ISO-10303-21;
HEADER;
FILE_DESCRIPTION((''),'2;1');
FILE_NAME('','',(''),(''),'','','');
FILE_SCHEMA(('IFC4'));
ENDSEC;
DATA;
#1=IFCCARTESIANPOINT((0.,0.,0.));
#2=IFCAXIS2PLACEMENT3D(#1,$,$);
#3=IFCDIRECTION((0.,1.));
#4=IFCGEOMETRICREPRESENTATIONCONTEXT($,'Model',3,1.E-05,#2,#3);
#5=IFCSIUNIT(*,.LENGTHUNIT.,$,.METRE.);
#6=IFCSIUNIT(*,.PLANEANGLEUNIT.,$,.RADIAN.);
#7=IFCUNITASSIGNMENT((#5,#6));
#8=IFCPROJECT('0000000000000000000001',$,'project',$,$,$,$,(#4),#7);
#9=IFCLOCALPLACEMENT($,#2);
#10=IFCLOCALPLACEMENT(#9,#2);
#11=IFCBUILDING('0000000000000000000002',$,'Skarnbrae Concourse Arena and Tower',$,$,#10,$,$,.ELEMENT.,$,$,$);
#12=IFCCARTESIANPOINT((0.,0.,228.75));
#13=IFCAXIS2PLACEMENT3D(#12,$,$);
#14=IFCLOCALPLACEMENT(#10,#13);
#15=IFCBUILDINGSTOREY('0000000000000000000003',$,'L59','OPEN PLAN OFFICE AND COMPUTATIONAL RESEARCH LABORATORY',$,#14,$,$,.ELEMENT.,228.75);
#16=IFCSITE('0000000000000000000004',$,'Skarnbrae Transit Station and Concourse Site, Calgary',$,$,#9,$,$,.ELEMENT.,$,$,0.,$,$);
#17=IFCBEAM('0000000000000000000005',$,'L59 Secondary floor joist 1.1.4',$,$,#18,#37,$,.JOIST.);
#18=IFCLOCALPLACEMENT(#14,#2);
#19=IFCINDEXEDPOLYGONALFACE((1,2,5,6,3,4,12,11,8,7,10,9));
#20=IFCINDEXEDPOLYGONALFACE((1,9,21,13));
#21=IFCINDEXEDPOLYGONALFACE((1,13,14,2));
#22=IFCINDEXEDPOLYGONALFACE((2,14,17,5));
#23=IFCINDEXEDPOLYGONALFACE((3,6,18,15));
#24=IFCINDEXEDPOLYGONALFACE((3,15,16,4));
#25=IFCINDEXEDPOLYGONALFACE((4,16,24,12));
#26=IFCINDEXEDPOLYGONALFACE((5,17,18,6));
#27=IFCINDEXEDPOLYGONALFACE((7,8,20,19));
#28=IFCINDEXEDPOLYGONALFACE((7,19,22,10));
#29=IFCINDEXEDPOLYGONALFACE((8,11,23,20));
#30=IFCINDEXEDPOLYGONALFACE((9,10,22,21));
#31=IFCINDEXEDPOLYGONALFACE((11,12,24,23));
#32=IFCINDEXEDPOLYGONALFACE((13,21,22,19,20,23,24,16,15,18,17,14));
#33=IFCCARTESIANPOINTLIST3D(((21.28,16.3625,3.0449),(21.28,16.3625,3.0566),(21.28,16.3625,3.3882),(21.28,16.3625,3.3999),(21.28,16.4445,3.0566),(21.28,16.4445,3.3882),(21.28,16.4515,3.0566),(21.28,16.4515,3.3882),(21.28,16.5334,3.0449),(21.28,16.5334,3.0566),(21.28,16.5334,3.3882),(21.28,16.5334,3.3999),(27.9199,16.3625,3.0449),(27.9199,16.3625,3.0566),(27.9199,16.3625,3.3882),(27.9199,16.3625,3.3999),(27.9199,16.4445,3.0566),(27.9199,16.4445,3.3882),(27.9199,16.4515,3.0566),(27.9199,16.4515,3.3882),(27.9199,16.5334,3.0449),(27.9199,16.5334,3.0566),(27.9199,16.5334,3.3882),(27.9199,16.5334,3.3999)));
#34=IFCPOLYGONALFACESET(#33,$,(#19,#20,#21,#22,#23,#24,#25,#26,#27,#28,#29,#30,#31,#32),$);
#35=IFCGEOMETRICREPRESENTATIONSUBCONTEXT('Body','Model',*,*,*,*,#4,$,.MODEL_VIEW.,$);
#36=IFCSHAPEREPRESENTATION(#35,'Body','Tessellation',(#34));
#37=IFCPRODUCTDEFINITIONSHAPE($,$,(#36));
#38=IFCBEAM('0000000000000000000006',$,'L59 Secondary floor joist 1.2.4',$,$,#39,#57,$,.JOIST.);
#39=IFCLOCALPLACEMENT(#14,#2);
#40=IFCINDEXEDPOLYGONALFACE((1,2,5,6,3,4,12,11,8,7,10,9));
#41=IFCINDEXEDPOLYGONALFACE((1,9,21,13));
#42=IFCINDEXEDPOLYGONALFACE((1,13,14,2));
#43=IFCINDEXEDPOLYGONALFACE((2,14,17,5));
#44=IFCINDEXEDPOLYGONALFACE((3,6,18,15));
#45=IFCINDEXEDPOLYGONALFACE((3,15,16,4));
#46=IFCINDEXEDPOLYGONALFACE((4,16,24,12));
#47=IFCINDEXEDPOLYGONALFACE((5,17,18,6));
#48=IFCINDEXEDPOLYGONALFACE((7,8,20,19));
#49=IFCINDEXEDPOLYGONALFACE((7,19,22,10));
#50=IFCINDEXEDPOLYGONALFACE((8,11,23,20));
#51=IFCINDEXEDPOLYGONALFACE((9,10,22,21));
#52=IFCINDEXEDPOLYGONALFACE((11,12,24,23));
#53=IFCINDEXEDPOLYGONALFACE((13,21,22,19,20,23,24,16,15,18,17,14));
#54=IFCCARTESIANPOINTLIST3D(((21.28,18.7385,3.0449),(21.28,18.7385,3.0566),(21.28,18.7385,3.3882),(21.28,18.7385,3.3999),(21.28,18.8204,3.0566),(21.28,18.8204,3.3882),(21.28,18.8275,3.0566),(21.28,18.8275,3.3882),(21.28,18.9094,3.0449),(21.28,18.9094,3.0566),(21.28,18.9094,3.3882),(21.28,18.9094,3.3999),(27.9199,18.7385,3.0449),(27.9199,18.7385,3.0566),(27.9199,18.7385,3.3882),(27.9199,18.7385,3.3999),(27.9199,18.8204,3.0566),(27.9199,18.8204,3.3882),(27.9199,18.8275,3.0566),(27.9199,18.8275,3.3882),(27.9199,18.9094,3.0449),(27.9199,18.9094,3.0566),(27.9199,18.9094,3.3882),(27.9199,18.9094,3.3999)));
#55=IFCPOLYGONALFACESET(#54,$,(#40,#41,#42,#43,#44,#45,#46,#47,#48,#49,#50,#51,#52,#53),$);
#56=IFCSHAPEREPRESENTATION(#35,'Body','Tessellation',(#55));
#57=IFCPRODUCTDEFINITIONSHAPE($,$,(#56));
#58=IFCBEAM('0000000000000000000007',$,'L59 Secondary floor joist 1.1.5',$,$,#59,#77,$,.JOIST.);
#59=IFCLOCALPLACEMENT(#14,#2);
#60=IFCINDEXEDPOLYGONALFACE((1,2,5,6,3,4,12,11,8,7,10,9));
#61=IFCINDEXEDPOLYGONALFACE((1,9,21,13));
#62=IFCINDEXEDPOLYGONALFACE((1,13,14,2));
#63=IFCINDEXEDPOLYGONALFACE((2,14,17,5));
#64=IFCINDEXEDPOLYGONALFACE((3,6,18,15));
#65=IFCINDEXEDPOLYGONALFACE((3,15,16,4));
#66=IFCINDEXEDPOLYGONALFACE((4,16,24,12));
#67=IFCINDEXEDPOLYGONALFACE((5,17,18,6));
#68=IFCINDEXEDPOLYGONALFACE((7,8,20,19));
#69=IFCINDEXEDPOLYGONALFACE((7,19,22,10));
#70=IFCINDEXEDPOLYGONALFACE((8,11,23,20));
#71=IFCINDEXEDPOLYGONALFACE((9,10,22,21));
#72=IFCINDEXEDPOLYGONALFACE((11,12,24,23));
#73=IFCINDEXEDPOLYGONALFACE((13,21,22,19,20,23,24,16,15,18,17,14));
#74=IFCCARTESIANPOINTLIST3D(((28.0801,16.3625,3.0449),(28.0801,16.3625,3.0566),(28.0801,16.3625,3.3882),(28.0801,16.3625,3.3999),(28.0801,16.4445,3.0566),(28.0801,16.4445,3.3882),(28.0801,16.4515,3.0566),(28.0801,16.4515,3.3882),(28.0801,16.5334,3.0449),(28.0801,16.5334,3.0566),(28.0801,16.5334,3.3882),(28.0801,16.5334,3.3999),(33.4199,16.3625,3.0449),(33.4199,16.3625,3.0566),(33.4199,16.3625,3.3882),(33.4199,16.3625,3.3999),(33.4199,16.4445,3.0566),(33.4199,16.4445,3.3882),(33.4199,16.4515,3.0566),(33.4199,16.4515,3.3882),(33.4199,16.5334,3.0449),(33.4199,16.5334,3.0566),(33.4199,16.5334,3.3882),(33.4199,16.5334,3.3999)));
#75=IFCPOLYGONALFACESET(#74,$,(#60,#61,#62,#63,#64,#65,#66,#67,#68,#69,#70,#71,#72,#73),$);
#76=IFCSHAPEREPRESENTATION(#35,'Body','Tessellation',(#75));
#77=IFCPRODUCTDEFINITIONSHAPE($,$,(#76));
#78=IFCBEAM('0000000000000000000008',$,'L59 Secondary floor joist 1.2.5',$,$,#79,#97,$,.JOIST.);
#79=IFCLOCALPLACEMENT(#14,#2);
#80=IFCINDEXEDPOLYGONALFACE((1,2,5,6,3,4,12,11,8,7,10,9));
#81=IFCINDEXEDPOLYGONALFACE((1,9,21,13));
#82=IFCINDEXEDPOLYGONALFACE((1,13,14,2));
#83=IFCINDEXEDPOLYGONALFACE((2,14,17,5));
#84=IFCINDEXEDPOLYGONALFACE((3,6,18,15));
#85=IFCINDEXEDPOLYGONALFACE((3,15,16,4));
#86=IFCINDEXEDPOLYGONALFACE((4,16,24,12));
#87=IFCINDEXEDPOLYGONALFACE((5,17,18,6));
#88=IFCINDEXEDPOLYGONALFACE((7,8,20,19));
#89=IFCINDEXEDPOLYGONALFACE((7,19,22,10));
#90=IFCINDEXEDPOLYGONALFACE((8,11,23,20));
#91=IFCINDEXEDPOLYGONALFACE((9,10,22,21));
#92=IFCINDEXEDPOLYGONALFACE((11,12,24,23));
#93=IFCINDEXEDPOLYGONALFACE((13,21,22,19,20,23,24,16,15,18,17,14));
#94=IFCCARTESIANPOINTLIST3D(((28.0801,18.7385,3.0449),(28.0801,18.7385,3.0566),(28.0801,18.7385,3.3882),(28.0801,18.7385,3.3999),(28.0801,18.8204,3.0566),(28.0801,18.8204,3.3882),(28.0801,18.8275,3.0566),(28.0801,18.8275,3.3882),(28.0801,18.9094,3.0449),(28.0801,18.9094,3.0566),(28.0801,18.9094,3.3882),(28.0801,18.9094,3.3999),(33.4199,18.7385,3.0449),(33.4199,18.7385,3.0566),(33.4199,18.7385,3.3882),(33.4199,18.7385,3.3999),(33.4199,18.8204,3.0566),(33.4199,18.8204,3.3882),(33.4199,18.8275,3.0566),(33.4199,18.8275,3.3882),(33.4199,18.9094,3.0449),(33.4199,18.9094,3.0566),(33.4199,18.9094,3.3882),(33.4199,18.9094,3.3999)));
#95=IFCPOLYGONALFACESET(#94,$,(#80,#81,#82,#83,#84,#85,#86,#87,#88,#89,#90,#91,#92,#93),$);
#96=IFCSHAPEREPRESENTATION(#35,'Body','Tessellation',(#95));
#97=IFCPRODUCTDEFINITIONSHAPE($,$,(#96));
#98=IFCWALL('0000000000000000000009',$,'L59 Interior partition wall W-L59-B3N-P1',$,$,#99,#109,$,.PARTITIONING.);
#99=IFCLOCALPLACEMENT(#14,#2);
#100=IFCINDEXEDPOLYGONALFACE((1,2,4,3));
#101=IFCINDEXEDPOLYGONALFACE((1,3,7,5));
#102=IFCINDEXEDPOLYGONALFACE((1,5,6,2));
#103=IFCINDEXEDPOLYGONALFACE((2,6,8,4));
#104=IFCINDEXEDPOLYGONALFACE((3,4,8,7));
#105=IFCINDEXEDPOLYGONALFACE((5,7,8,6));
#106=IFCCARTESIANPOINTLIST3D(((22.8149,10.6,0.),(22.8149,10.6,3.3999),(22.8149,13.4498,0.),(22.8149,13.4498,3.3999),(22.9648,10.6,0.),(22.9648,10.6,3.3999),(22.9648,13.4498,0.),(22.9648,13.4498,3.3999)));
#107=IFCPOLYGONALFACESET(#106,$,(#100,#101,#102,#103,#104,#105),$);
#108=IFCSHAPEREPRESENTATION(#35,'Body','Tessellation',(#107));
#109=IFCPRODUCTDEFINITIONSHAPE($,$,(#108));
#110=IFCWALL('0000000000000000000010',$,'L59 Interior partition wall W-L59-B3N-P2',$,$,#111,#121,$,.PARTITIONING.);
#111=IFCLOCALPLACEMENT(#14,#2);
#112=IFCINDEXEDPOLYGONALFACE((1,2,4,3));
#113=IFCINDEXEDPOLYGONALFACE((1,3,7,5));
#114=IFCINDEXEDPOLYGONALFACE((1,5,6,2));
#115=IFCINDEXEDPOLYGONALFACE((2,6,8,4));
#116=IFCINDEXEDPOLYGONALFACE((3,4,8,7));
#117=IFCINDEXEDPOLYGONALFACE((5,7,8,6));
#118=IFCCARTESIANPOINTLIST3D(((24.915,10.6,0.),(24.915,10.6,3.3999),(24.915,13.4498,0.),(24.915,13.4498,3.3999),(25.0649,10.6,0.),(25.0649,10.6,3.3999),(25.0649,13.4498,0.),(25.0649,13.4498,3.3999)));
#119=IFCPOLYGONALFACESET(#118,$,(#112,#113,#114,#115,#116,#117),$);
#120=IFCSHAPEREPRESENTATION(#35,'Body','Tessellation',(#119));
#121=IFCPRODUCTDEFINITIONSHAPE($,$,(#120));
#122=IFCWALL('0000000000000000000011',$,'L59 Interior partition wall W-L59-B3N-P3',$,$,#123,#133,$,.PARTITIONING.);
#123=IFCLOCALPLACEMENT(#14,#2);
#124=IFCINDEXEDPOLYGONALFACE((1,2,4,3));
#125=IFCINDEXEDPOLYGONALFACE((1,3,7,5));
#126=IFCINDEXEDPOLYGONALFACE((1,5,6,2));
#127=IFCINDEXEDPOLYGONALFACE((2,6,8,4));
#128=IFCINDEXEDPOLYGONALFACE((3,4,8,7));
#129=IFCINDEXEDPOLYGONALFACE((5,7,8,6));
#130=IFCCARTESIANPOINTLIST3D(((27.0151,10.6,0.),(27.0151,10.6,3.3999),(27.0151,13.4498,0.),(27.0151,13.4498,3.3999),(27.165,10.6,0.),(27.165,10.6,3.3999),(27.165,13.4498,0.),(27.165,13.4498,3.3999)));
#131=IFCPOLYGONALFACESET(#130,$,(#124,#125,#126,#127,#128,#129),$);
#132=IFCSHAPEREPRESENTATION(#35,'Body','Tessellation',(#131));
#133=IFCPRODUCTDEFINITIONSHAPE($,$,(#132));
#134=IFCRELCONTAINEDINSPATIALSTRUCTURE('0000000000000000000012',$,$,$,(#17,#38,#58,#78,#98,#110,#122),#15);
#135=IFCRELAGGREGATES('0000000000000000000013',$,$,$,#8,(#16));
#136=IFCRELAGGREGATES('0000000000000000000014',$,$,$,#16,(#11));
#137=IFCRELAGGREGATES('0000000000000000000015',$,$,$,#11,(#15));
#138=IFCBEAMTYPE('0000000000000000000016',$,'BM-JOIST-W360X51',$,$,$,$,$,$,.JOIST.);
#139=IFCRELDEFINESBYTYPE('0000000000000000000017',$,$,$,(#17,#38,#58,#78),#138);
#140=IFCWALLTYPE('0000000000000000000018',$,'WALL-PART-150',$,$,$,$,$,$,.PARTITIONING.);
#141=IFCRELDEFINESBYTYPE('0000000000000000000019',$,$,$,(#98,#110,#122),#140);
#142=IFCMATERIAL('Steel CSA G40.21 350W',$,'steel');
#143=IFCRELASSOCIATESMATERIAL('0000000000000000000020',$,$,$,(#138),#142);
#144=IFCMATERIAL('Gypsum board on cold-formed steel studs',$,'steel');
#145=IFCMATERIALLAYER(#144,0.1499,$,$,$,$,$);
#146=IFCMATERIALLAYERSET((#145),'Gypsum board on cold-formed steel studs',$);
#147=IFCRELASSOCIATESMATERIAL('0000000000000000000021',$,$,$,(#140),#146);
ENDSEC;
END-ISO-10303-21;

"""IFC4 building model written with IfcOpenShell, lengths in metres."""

from ifc_helpers import new_model, si_unit, direction, frame, frame_2d, origin, origin_2d, place, context, subcontext, project, spatial, rectangle, i_section, extrude, source, transform, mapped, material, layer, layer_set, material_profile, profile_set, type_object, element, save


model = new_model("IFC4")

# Units and contexts
model_context = context("Model", 3, precision=1e-05, world=origin(), true_north=direction((0.0, 1.0)))
body_context = subcontext(model_context, "Body", "Model", "MODEL_VIEW")
ifc_project = project(units=[si_unit("LENGTHUNIT", "METRE"), si_unit("PLANEANGLEUNIT", "RADIAN")], contexts=[model_context])

# Site, building, storey
site_placement = place(None, origin())
site = spatial("IfcSite", under=ifc_project, at=site_placement, Name="Skarnbrae Transit Station and Concourse Site, Calgary", CompositionType="ELEMENT", RefElevation=0.0)
building_placement = place(site_placement, origin())
building = spatial("IfcBuilding", under=site, at=building_placement, Name="Skarnbrae Concourse Arena and Tower", CompositionType="ELEMENT")
storey_placement = place(building_placement, frame((0.0, 0.0, 228.75)))
storey = spatial("IfcBuildingStorey", under=building, at=storey_placement, Name="L59", Description="OPEN PLAN OFFICE AND COMPUTATIONAL RESEARCH LABORATORY", CompositionType="ELEMENT", Elevation=228.75)

# Shared definitions
ifc_material_1 = material(Name="Steel CSA G40.21 350W", Category="steel")

# Beams
ifc_material_profile_1 = material_profile(ifc_material_1, i_section(OverallWidth=0.1709, OverallDepth=0.355, WebThickness=0.0071, FlangeThickness=0.0117, at=origin_2d()), Name="W360X51")
ifc_profile_set_1 = profile_set([ifc_material_profile_1], Name="Steel CSA G40.21 350W")
beam_type_1 = type_object("IfcBeamType", Name="BM-JOIST-W360X51", PredefinedType="JOIST", material=ifc_profile_set_1)
shared_shape_1 = source(origin(), body_context, "Body", "SweptSolid", [
    extrude(i_section(OverallWidth=0.1709, OverallDepth=0.355, WebThickness=0.0071, FlangeThickness=0.0117, at=origin_2d()), origin(), (0.0, 0.0, 1.0), 6.6399),
])
for number, where, z_axis, x_axis, name in (
    (1, (21.28, 16.448, 3.2224), (1.0, 0.0, 0.0), (0.0, 1.0, 0.0), "L59 Secondary floor joist 1.1.4"),
    (2, (21.28, 18.824, 3.2224), (1.0, 0.0, 0.0), (0.0, 1.0, 0.0), "L59 Secondary floor joist 1.2.4"),
):
    element("IfcBeam", number, at=place(storey_placement, frame(where, z_axis=z_axis, x_axis=x_axis)), inside=storey, type_object=beam_type_1, Name=name, PredefinedType="JOIST", context=body_context, shape_type="MappedRepresentation", body=[
        mapped(shared_shape_1, transform((0.0, 0.0, 0.0))),
    ])
shared_shape_2 = source(origin(), body_context, "Body", "SweptSolid", [
    extrude(i_section(OverallWidth=0.1709, OverallDepth=0.355, WebThickness=0.0071, FlangeThickness=0.0117, at=origin_2d()), origin(), (0.0, 0.0, 1.0), 5.3398),
])
for number, where, z_axis, x_axis, name in (
    (3, (28.0801, 16.448, 3.2224), (1.0, 0.0, 0.0), (0.0, 1.0, 0.0), "L59 Secondary floor joist 1.1.5"),
    (4, (28.0801, 18.824, 3.2224), (1.0, 0.0, 0.0), (0.0, 1.0, 0.0), "L59 Secondary floor joist 1.2.5"),
):
    element("IfcBeam", number, at=place(storey_placement, frame(where, z_axis=z_axis, x_axis=x_axis)), inside=storey, type_object=beam_type_1, Name=name, PredefinedType="JOIST", context=body_context, shape_type="MappedRepresentation", body=[
        mapped(shared_shape_2, transform((0.0, 0.0, 0.0))),
    ])

# Walls
ifc_material_2 = material(Name="Gypsum board on cold-formed steel studs", Category="steel")
ifc_layer_1 = layer(ifc_material_2, 0.1499)
ifc_layer_set_1 = layer_set([ifc_layer_1], Name="Gypsum board on cold-formed steel studs")
wall_type_1 = type_object("IfcWallType", Name="WALL-PART-150", PredefinedType="PARTITIONING", material=ifc_layer_set_1)
shared_shape_3 = source(origin(), body_context, "Body", "SweptSolid", [
    extrude(rectangle(XDim=2.8499, YDim=0.1499, at=frame_2d((1.4248, 0.0))), origin(), (0.0, 0.0, 1.0), 3.3999),
])
for number, where, z_axis, x_axis, name in (
    (5, (22.8899, 10.6001, 0.0), (0.0, 0.0, 1.0), (0.0, 1.0, 0.0), "L59 Interior partition wall W-L59-B3N-P1"),
    (6, (24.99, 10.6001, 0.0), (0.0, 0.0, 1.0), (0.0, 1.0, 0.0), "L59 Interior partition wall W-L59-B3N-P2"),
    (7, (27.0901, 10.6001, 0.0), (0.0, 0.0, 1.0), (0.0, 1.0, 0.0), "L59 Interior partition wall W-L59-B3N-P3"),
):
    element("IfcWall", number, at=place(storey_placement, frame(where, z_axis=z_axis, x_axis=x_axis)), inside=storey, type_object=wall_type_1, Name=name, PredefinedType="PARTITIONING", context=body_context, shape_type="MappedRepresentation", body=[
        mapped(shared_shape_3, transform((0.0, 0.0, 0.0))),
    ])

save(model, "model.ifc")
